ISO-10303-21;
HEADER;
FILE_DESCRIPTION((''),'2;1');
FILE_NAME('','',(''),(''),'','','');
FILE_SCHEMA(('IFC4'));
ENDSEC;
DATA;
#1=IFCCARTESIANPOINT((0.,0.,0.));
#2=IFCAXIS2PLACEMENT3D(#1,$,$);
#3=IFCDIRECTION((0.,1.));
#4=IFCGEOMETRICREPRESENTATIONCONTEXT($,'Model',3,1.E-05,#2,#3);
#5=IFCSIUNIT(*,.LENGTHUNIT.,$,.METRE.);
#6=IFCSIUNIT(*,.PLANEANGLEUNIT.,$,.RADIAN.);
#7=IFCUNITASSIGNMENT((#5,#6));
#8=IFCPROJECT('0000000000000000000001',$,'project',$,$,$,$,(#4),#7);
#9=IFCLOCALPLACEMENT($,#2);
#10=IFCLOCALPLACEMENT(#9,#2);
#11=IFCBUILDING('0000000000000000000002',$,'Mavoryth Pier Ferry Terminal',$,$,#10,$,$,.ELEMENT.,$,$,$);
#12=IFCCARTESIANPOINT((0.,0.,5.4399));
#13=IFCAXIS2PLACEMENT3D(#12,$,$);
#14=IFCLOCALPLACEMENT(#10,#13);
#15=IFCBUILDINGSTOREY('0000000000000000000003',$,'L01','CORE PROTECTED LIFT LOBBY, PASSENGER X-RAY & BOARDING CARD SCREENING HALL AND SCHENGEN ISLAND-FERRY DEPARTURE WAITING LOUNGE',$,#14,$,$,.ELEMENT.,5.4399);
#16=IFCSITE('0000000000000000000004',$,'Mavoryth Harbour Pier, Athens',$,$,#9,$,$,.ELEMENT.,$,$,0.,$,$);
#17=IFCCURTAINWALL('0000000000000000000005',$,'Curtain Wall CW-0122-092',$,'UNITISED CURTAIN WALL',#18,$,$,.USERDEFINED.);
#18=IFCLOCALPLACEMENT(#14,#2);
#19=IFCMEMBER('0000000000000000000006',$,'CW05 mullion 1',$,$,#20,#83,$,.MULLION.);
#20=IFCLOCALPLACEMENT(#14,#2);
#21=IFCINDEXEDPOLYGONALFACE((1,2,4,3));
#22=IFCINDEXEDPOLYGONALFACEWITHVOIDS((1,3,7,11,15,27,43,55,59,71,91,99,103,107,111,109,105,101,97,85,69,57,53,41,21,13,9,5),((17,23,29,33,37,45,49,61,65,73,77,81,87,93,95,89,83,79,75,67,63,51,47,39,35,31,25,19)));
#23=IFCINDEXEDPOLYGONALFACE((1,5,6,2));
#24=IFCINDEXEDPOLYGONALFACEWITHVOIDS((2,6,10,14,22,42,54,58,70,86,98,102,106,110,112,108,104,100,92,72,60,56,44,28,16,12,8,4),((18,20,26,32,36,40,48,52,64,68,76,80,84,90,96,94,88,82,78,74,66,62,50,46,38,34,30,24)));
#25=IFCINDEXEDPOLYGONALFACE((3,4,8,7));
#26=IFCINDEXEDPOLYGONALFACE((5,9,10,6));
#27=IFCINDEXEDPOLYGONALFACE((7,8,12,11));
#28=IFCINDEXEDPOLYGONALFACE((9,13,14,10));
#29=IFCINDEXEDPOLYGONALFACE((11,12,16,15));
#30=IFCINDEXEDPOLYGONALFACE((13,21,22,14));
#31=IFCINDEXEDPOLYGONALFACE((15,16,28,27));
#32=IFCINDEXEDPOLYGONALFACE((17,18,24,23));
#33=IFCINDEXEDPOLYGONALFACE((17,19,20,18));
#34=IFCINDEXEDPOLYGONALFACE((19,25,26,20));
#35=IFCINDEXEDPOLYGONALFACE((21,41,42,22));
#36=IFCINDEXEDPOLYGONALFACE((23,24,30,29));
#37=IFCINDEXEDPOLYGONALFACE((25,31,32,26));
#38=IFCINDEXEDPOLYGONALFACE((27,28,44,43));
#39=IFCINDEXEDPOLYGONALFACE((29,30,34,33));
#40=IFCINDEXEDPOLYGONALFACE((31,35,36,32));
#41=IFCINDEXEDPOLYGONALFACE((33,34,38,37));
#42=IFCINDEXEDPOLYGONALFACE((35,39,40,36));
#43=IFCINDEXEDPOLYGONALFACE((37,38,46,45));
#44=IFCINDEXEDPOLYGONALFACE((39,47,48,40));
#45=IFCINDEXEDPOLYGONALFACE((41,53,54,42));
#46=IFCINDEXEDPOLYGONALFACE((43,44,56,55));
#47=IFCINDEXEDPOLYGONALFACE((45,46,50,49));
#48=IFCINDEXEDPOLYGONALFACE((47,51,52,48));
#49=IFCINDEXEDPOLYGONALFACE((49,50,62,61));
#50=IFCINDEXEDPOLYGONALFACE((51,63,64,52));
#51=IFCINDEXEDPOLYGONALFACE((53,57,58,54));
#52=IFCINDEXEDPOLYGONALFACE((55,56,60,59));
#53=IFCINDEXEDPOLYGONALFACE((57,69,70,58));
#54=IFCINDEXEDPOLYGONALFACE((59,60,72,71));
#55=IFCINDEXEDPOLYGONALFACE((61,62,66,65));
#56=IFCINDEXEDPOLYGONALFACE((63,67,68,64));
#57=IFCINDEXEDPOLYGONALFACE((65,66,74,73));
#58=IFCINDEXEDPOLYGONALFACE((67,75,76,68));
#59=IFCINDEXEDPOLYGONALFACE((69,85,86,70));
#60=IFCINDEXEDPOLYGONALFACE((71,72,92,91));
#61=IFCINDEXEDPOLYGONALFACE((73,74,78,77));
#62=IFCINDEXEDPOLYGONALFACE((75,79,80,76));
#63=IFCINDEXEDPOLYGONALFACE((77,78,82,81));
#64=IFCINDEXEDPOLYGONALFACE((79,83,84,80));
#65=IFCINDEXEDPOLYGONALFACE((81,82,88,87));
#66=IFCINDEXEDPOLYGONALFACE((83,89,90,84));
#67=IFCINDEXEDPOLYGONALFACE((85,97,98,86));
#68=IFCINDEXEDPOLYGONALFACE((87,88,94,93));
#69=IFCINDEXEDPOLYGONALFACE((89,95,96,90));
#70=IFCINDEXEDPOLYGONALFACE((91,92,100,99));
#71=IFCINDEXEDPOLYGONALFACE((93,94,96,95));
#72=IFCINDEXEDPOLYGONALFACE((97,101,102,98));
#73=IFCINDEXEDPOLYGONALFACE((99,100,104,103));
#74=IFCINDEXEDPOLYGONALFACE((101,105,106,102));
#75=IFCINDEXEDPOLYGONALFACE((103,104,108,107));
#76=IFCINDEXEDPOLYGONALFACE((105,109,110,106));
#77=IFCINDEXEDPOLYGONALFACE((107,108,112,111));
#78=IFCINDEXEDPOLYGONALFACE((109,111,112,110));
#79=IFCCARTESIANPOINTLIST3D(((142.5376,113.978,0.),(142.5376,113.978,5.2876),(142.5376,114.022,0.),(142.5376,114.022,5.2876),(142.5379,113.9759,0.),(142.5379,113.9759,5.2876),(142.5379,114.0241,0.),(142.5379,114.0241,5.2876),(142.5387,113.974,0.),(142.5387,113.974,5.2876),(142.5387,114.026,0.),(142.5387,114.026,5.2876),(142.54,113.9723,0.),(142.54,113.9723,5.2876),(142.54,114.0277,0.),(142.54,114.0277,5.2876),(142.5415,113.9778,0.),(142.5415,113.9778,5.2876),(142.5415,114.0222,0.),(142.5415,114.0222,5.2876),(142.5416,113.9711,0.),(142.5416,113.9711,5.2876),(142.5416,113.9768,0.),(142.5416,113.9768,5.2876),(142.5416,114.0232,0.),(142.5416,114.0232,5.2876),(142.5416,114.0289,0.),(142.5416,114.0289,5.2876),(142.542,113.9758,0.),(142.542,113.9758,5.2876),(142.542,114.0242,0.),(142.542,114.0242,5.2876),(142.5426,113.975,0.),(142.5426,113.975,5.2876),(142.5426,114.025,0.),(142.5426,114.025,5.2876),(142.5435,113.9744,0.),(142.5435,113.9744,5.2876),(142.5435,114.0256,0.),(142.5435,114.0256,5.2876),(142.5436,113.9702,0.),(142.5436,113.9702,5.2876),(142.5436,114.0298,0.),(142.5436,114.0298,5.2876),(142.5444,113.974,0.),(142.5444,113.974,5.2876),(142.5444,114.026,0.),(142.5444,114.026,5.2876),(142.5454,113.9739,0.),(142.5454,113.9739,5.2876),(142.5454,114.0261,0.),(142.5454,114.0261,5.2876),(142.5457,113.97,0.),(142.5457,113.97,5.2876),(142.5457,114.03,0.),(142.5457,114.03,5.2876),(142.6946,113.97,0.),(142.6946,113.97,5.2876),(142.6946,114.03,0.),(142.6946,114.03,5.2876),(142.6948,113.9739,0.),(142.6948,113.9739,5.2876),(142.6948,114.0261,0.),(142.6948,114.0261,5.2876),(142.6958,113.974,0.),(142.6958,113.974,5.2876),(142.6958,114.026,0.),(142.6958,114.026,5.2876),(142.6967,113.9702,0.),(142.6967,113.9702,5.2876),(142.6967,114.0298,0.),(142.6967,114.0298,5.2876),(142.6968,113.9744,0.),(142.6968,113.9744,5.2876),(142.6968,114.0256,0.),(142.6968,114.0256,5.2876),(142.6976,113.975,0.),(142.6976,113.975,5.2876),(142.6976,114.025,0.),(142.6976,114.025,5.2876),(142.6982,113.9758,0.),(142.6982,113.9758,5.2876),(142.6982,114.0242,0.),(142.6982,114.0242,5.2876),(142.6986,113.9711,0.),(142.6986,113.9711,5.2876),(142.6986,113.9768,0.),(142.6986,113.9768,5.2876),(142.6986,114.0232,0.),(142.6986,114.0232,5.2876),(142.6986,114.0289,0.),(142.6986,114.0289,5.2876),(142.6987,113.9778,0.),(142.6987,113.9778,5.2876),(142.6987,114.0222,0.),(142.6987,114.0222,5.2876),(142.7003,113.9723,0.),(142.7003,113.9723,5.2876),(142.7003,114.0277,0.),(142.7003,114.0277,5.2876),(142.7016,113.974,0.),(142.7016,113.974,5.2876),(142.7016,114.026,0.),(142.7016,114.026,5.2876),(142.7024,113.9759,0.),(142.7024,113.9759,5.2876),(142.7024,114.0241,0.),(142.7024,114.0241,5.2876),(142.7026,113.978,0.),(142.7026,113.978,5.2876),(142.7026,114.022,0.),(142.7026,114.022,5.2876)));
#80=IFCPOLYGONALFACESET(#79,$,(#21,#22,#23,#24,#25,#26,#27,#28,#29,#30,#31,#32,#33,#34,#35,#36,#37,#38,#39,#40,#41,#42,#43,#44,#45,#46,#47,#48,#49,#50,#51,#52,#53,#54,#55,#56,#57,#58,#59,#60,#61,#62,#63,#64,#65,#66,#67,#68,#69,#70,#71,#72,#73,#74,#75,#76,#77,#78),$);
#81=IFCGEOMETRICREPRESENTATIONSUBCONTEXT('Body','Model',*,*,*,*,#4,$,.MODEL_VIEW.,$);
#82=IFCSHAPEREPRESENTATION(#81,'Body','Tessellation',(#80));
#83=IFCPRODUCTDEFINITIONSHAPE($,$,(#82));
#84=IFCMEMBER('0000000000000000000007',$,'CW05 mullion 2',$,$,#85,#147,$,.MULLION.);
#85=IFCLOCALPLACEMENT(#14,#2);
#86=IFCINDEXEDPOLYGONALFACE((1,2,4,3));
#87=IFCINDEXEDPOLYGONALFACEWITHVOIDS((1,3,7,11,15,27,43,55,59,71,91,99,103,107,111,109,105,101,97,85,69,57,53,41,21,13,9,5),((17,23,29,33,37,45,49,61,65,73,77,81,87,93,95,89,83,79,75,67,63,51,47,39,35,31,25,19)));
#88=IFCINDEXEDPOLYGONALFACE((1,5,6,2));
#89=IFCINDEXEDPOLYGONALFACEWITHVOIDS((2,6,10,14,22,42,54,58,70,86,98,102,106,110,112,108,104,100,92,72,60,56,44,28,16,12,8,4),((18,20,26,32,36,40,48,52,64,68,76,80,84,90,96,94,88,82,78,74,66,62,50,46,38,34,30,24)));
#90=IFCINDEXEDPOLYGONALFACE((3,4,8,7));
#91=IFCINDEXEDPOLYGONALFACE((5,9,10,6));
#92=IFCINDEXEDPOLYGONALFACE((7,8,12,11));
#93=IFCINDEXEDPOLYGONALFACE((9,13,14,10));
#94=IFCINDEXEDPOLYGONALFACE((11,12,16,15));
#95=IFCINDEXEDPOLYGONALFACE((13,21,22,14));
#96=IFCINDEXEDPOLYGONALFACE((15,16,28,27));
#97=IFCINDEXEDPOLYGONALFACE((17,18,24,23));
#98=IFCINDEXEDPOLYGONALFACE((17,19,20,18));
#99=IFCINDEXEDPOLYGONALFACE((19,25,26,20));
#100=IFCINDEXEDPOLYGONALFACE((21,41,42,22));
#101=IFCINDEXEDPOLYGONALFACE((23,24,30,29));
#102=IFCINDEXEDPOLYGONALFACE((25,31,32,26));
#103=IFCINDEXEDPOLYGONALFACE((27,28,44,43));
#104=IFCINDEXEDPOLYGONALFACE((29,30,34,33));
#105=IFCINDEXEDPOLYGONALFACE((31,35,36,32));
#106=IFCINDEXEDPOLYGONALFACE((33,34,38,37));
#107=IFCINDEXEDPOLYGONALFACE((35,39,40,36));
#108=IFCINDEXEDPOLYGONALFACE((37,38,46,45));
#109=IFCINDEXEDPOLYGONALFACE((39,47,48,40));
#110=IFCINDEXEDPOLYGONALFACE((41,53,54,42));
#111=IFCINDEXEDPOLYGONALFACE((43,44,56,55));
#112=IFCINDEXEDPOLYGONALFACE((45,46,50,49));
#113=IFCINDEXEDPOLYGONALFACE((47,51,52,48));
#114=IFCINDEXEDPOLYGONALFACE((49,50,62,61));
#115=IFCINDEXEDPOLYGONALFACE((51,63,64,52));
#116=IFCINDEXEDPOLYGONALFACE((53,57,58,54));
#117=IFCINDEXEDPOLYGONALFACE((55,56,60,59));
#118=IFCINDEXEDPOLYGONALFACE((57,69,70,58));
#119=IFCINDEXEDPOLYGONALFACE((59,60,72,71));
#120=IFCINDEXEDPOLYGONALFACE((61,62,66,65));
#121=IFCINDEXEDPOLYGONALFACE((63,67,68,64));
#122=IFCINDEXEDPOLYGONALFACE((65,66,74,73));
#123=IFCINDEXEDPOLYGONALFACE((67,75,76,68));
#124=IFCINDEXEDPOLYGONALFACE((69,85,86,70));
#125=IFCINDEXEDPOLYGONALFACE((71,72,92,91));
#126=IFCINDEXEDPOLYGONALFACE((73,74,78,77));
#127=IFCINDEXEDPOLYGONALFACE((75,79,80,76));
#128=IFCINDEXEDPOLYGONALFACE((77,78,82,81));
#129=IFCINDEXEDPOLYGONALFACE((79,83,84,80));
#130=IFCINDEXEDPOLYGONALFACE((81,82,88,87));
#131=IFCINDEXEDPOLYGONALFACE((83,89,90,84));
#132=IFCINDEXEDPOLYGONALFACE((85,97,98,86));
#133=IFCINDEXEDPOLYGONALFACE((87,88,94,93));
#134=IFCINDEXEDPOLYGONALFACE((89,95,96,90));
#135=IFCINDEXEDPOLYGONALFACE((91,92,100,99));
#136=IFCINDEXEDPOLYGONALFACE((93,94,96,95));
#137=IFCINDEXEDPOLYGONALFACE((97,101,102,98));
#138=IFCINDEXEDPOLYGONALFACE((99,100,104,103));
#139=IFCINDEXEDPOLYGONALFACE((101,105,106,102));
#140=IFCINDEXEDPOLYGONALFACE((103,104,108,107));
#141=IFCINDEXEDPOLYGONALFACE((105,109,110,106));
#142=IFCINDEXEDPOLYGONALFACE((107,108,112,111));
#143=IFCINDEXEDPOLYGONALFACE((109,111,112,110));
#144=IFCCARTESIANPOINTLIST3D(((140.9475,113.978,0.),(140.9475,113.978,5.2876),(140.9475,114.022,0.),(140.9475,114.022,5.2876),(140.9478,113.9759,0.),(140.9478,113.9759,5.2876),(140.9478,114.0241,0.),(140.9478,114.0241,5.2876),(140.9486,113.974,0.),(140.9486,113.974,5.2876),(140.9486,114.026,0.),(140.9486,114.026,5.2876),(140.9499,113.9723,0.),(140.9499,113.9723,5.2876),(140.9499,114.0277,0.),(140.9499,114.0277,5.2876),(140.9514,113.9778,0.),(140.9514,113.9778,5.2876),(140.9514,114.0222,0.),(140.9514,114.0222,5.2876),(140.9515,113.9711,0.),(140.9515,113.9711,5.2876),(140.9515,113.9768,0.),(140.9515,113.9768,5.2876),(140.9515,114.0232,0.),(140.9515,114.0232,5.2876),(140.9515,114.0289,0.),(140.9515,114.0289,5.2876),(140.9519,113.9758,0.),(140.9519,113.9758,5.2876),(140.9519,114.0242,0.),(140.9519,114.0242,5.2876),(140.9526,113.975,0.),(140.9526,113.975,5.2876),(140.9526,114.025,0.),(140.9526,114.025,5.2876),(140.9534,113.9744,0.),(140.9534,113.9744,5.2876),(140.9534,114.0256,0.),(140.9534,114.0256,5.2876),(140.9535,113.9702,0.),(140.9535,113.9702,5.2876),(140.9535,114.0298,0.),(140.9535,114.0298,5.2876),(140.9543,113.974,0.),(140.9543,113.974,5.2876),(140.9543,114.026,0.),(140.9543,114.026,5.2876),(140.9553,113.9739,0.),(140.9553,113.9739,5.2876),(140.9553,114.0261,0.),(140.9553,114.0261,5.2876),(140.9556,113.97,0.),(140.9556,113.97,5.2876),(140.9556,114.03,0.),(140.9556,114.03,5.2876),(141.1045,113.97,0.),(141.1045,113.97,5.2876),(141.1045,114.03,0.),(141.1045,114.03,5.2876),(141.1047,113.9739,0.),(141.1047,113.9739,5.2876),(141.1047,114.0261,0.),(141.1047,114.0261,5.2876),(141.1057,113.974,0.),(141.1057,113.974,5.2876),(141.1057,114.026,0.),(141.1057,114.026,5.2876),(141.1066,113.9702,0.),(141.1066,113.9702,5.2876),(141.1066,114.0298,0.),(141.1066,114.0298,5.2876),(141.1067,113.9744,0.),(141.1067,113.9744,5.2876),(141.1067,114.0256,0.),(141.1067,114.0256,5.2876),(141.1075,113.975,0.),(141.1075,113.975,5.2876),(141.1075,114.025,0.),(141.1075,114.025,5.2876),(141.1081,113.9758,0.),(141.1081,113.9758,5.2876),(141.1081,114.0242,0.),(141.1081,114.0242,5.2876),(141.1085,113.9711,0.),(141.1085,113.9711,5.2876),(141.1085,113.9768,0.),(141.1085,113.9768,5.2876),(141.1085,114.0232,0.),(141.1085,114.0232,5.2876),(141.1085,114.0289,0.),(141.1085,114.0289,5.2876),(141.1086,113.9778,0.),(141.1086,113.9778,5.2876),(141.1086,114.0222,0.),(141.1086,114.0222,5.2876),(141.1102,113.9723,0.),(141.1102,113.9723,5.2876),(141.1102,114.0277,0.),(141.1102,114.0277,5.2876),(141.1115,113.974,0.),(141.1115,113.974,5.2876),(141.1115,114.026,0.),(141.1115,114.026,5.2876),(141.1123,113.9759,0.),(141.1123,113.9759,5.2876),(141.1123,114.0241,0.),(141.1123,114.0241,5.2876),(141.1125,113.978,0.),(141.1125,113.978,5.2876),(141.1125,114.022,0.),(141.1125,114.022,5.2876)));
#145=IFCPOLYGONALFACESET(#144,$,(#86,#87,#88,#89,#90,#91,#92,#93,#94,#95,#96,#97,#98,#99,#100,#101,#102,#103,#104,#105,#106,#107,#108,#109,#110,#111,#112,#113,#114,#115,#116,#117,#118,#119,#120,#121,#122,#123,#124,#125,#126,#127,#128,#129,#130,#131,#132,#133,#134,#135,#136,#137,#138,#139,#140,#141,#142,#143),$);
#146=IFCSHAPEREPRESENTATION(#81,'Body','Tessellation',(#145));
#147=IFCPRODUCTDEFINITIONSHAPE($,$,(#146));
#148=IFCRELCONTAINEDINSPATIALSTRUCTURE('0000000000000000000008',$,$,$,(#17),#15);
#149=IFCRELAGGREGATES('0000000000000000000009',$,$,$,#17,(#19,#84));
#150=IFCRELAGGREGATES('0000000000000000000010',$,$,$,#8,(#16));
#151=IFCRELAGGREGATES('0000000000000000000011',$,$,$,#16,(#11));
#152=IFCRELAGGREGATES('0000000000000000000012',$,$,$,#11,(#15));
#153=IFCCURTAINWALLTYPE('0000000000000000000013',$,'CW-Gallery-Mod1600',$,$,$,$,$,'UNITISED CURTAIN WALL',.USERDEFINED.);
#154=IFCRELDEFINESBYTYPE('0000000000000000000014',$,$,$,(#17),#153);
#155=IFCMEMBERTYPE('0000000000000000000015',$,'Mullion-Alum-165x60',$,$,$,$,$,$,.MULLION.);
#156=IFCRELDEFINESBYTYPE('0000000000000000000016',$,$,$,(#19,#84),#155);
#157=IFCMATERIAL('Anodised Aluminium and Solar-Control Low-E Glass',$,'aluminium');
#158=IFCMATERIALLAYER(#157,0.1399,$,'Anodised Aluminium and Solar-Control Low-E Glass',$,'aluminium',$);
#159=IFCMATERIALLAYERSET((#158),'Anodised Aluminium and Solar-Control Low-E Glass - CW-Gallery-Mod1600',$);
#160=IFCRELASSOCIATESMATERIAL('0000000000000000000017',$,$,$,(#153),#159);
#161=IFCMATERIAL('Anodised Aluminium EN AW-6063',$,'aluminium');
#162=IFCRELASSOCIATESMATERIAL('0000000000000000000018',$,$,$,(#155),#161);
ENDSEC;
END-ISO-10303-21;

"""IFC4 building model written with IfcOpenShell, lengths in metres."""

from ifc_helpers import new_model, si_unit, direction, frame, origin, origin_2d, place, context, subcontext, project, spatial, hollow_rectangle, extrude, material, layer, layer_set, material_profile, profile_set, type_object, element, aggregate, save


model = new_model("IFC4")

# Units and contexts
model_context = context("Model", 3, precision=1e-05, world=origin(), true_north=direction((0.0, 1.0)))
body_context = subcontext(model_context, "Body", "Model", "MODEL_VIEW")
ifc_project = project(units=[si_unit("LENGTHUNIT", "METRE"), si_unit("PLANEANGLEUNIT", "RADIAN")], contexts=[model_context])

# Site, building, storey
site_placement = place(None, origin())
site = spatial("IfcSite", under=ifc_project, at=site_placement, Name="Mavoryth Harbour Pier, Athens", CompositionType="ELEMENT", RefElevation=0.0)
building_placement = place(site_placement, origin())
building = spatial("IfcBuilding", under=site, at=building_placement, Name="Mavoryth Pier Ferry Terminal", CompositionType="ELEMENT")
storey_placement = place(building_placement, frame((0.0, 0.0, 5.4399)))
storey = spatial("IfcBuildingStorey", under=building, at=storey_placement, Name="L01", Description="CORE PROTECTED LIFT LOBBY, PASSENGER X-RAY & BOARDING CARD SCREENING HALL AND SCHENGEN ISLAND-FERRY DEPARTURE WAITING LOUNGE", CompositionType="ELEMENT", Elevation=5.4399)

# Curtain wall, members
ifc_material_1 = material(Name="Anodised Aluminium and Solar-Control Low-E Glass", Category="aluminium")
ifc_layer_1 = layer(ifc_material_1, 0.1399, Name="Anodised Aluminium and Solar-Control Low-E Glass", Category="aluminium")
ifc_layer_set_1 = layer_set([ifc_layer_1], Name="Anodised Aluminium and Solar-Control Low-E Glass - CW-Gallery-Mod1600")
curtain_wall_type = type_object("IfcCurtainWallType", Name="CW-Gallery-Mod1600", ElementType="UNITISED CURTAIN WALL", PredefinedType="USERDEFINED", material=ifc_layer_set_1)
curtain_wall_placement = place(storey_placement, origin())
curtain_wall = element("IfcCurtainWall", 1, at=curtain_wall_placement, inside=storey, type_object=curtain_wall_type, Name="Curtain Wall CW-0122-092", ObjectType="UNITISED CURTAIN WALL", PredefinedType="USERDEFINED")
ifc_material_2 = material(Name="Anodised Aluminium EN AW-6063", Category="aluminium")
ifc_material_profile_1 = material_profile(ifc_material_2, hollow_rectangle(XDim=0.0601, YDim=0.165, WallThickness=0.0039, InnerFilletRadius=0.0039, OuterFilletRadius=0.0081, at=origin_2d()), Name="AL-MULL 165x60x4", Category="aluminium")
ifc_profile_set_1 = profile_set([ifc_material_profile_1], Name="Anodised Aluminium EN AW-6063 - AL-MULL 165x60x4")
member_type_1 = type_object("IfcMemberType", Name="Mullion-Alum-165x60", PredefinedType="MULLION", material=ifc_profile_set_1)
member_1_placement = place(storey_placement, frame((142.6201, 114.0, 0.0), z_axis=(0.0, 0.0, 1.0), x_axis=(0.0, -1.0, 0.0)))
member_1 = element("IfcMember", 2, at=member_1_placement, type_object=member_type_1, Name="CW05 mullion 1", PredefinedType="MULLION", context=body_context, shape_type="SweptSolid", body=[
    extrude(hollow_rectangle(XDim=0.0601, YDim=0.165, WallThickness=0.0039, InnerFilletRadius=0.0039, OuterFilletRadius=0.0081, at=origin_2d()), origin(), (0.0, 0.0, 1.0), 5.2876),
])
member_2_placement = place(storey_placement, frame((141.03, 114.0, 0.0), z_axis=(0.0, 0.0, 1.0), x_axis=(0.0, -1.0, 0.0)))
member_2 = element("IfcMember", 3, at=member_2_placement, type_object=member_type_1, Name="CW05 mullion 2", PredefinedType="MULLION", context=body_context, shape_type="SweptSolid", body=[
    extrude(hollow_rectangle(XDim=0.0601, YDim=0.165, WallThickness=0.0039, InnerFilletRadius=0.0039, OuterFilletRadius=0.0081, at=origin_2d()), origin(), (0.0, 0.0, 1.0), 5.2876),
])
aggregate(curtain_wall, [member_1, member_2])

save(model, "model.ifc")
